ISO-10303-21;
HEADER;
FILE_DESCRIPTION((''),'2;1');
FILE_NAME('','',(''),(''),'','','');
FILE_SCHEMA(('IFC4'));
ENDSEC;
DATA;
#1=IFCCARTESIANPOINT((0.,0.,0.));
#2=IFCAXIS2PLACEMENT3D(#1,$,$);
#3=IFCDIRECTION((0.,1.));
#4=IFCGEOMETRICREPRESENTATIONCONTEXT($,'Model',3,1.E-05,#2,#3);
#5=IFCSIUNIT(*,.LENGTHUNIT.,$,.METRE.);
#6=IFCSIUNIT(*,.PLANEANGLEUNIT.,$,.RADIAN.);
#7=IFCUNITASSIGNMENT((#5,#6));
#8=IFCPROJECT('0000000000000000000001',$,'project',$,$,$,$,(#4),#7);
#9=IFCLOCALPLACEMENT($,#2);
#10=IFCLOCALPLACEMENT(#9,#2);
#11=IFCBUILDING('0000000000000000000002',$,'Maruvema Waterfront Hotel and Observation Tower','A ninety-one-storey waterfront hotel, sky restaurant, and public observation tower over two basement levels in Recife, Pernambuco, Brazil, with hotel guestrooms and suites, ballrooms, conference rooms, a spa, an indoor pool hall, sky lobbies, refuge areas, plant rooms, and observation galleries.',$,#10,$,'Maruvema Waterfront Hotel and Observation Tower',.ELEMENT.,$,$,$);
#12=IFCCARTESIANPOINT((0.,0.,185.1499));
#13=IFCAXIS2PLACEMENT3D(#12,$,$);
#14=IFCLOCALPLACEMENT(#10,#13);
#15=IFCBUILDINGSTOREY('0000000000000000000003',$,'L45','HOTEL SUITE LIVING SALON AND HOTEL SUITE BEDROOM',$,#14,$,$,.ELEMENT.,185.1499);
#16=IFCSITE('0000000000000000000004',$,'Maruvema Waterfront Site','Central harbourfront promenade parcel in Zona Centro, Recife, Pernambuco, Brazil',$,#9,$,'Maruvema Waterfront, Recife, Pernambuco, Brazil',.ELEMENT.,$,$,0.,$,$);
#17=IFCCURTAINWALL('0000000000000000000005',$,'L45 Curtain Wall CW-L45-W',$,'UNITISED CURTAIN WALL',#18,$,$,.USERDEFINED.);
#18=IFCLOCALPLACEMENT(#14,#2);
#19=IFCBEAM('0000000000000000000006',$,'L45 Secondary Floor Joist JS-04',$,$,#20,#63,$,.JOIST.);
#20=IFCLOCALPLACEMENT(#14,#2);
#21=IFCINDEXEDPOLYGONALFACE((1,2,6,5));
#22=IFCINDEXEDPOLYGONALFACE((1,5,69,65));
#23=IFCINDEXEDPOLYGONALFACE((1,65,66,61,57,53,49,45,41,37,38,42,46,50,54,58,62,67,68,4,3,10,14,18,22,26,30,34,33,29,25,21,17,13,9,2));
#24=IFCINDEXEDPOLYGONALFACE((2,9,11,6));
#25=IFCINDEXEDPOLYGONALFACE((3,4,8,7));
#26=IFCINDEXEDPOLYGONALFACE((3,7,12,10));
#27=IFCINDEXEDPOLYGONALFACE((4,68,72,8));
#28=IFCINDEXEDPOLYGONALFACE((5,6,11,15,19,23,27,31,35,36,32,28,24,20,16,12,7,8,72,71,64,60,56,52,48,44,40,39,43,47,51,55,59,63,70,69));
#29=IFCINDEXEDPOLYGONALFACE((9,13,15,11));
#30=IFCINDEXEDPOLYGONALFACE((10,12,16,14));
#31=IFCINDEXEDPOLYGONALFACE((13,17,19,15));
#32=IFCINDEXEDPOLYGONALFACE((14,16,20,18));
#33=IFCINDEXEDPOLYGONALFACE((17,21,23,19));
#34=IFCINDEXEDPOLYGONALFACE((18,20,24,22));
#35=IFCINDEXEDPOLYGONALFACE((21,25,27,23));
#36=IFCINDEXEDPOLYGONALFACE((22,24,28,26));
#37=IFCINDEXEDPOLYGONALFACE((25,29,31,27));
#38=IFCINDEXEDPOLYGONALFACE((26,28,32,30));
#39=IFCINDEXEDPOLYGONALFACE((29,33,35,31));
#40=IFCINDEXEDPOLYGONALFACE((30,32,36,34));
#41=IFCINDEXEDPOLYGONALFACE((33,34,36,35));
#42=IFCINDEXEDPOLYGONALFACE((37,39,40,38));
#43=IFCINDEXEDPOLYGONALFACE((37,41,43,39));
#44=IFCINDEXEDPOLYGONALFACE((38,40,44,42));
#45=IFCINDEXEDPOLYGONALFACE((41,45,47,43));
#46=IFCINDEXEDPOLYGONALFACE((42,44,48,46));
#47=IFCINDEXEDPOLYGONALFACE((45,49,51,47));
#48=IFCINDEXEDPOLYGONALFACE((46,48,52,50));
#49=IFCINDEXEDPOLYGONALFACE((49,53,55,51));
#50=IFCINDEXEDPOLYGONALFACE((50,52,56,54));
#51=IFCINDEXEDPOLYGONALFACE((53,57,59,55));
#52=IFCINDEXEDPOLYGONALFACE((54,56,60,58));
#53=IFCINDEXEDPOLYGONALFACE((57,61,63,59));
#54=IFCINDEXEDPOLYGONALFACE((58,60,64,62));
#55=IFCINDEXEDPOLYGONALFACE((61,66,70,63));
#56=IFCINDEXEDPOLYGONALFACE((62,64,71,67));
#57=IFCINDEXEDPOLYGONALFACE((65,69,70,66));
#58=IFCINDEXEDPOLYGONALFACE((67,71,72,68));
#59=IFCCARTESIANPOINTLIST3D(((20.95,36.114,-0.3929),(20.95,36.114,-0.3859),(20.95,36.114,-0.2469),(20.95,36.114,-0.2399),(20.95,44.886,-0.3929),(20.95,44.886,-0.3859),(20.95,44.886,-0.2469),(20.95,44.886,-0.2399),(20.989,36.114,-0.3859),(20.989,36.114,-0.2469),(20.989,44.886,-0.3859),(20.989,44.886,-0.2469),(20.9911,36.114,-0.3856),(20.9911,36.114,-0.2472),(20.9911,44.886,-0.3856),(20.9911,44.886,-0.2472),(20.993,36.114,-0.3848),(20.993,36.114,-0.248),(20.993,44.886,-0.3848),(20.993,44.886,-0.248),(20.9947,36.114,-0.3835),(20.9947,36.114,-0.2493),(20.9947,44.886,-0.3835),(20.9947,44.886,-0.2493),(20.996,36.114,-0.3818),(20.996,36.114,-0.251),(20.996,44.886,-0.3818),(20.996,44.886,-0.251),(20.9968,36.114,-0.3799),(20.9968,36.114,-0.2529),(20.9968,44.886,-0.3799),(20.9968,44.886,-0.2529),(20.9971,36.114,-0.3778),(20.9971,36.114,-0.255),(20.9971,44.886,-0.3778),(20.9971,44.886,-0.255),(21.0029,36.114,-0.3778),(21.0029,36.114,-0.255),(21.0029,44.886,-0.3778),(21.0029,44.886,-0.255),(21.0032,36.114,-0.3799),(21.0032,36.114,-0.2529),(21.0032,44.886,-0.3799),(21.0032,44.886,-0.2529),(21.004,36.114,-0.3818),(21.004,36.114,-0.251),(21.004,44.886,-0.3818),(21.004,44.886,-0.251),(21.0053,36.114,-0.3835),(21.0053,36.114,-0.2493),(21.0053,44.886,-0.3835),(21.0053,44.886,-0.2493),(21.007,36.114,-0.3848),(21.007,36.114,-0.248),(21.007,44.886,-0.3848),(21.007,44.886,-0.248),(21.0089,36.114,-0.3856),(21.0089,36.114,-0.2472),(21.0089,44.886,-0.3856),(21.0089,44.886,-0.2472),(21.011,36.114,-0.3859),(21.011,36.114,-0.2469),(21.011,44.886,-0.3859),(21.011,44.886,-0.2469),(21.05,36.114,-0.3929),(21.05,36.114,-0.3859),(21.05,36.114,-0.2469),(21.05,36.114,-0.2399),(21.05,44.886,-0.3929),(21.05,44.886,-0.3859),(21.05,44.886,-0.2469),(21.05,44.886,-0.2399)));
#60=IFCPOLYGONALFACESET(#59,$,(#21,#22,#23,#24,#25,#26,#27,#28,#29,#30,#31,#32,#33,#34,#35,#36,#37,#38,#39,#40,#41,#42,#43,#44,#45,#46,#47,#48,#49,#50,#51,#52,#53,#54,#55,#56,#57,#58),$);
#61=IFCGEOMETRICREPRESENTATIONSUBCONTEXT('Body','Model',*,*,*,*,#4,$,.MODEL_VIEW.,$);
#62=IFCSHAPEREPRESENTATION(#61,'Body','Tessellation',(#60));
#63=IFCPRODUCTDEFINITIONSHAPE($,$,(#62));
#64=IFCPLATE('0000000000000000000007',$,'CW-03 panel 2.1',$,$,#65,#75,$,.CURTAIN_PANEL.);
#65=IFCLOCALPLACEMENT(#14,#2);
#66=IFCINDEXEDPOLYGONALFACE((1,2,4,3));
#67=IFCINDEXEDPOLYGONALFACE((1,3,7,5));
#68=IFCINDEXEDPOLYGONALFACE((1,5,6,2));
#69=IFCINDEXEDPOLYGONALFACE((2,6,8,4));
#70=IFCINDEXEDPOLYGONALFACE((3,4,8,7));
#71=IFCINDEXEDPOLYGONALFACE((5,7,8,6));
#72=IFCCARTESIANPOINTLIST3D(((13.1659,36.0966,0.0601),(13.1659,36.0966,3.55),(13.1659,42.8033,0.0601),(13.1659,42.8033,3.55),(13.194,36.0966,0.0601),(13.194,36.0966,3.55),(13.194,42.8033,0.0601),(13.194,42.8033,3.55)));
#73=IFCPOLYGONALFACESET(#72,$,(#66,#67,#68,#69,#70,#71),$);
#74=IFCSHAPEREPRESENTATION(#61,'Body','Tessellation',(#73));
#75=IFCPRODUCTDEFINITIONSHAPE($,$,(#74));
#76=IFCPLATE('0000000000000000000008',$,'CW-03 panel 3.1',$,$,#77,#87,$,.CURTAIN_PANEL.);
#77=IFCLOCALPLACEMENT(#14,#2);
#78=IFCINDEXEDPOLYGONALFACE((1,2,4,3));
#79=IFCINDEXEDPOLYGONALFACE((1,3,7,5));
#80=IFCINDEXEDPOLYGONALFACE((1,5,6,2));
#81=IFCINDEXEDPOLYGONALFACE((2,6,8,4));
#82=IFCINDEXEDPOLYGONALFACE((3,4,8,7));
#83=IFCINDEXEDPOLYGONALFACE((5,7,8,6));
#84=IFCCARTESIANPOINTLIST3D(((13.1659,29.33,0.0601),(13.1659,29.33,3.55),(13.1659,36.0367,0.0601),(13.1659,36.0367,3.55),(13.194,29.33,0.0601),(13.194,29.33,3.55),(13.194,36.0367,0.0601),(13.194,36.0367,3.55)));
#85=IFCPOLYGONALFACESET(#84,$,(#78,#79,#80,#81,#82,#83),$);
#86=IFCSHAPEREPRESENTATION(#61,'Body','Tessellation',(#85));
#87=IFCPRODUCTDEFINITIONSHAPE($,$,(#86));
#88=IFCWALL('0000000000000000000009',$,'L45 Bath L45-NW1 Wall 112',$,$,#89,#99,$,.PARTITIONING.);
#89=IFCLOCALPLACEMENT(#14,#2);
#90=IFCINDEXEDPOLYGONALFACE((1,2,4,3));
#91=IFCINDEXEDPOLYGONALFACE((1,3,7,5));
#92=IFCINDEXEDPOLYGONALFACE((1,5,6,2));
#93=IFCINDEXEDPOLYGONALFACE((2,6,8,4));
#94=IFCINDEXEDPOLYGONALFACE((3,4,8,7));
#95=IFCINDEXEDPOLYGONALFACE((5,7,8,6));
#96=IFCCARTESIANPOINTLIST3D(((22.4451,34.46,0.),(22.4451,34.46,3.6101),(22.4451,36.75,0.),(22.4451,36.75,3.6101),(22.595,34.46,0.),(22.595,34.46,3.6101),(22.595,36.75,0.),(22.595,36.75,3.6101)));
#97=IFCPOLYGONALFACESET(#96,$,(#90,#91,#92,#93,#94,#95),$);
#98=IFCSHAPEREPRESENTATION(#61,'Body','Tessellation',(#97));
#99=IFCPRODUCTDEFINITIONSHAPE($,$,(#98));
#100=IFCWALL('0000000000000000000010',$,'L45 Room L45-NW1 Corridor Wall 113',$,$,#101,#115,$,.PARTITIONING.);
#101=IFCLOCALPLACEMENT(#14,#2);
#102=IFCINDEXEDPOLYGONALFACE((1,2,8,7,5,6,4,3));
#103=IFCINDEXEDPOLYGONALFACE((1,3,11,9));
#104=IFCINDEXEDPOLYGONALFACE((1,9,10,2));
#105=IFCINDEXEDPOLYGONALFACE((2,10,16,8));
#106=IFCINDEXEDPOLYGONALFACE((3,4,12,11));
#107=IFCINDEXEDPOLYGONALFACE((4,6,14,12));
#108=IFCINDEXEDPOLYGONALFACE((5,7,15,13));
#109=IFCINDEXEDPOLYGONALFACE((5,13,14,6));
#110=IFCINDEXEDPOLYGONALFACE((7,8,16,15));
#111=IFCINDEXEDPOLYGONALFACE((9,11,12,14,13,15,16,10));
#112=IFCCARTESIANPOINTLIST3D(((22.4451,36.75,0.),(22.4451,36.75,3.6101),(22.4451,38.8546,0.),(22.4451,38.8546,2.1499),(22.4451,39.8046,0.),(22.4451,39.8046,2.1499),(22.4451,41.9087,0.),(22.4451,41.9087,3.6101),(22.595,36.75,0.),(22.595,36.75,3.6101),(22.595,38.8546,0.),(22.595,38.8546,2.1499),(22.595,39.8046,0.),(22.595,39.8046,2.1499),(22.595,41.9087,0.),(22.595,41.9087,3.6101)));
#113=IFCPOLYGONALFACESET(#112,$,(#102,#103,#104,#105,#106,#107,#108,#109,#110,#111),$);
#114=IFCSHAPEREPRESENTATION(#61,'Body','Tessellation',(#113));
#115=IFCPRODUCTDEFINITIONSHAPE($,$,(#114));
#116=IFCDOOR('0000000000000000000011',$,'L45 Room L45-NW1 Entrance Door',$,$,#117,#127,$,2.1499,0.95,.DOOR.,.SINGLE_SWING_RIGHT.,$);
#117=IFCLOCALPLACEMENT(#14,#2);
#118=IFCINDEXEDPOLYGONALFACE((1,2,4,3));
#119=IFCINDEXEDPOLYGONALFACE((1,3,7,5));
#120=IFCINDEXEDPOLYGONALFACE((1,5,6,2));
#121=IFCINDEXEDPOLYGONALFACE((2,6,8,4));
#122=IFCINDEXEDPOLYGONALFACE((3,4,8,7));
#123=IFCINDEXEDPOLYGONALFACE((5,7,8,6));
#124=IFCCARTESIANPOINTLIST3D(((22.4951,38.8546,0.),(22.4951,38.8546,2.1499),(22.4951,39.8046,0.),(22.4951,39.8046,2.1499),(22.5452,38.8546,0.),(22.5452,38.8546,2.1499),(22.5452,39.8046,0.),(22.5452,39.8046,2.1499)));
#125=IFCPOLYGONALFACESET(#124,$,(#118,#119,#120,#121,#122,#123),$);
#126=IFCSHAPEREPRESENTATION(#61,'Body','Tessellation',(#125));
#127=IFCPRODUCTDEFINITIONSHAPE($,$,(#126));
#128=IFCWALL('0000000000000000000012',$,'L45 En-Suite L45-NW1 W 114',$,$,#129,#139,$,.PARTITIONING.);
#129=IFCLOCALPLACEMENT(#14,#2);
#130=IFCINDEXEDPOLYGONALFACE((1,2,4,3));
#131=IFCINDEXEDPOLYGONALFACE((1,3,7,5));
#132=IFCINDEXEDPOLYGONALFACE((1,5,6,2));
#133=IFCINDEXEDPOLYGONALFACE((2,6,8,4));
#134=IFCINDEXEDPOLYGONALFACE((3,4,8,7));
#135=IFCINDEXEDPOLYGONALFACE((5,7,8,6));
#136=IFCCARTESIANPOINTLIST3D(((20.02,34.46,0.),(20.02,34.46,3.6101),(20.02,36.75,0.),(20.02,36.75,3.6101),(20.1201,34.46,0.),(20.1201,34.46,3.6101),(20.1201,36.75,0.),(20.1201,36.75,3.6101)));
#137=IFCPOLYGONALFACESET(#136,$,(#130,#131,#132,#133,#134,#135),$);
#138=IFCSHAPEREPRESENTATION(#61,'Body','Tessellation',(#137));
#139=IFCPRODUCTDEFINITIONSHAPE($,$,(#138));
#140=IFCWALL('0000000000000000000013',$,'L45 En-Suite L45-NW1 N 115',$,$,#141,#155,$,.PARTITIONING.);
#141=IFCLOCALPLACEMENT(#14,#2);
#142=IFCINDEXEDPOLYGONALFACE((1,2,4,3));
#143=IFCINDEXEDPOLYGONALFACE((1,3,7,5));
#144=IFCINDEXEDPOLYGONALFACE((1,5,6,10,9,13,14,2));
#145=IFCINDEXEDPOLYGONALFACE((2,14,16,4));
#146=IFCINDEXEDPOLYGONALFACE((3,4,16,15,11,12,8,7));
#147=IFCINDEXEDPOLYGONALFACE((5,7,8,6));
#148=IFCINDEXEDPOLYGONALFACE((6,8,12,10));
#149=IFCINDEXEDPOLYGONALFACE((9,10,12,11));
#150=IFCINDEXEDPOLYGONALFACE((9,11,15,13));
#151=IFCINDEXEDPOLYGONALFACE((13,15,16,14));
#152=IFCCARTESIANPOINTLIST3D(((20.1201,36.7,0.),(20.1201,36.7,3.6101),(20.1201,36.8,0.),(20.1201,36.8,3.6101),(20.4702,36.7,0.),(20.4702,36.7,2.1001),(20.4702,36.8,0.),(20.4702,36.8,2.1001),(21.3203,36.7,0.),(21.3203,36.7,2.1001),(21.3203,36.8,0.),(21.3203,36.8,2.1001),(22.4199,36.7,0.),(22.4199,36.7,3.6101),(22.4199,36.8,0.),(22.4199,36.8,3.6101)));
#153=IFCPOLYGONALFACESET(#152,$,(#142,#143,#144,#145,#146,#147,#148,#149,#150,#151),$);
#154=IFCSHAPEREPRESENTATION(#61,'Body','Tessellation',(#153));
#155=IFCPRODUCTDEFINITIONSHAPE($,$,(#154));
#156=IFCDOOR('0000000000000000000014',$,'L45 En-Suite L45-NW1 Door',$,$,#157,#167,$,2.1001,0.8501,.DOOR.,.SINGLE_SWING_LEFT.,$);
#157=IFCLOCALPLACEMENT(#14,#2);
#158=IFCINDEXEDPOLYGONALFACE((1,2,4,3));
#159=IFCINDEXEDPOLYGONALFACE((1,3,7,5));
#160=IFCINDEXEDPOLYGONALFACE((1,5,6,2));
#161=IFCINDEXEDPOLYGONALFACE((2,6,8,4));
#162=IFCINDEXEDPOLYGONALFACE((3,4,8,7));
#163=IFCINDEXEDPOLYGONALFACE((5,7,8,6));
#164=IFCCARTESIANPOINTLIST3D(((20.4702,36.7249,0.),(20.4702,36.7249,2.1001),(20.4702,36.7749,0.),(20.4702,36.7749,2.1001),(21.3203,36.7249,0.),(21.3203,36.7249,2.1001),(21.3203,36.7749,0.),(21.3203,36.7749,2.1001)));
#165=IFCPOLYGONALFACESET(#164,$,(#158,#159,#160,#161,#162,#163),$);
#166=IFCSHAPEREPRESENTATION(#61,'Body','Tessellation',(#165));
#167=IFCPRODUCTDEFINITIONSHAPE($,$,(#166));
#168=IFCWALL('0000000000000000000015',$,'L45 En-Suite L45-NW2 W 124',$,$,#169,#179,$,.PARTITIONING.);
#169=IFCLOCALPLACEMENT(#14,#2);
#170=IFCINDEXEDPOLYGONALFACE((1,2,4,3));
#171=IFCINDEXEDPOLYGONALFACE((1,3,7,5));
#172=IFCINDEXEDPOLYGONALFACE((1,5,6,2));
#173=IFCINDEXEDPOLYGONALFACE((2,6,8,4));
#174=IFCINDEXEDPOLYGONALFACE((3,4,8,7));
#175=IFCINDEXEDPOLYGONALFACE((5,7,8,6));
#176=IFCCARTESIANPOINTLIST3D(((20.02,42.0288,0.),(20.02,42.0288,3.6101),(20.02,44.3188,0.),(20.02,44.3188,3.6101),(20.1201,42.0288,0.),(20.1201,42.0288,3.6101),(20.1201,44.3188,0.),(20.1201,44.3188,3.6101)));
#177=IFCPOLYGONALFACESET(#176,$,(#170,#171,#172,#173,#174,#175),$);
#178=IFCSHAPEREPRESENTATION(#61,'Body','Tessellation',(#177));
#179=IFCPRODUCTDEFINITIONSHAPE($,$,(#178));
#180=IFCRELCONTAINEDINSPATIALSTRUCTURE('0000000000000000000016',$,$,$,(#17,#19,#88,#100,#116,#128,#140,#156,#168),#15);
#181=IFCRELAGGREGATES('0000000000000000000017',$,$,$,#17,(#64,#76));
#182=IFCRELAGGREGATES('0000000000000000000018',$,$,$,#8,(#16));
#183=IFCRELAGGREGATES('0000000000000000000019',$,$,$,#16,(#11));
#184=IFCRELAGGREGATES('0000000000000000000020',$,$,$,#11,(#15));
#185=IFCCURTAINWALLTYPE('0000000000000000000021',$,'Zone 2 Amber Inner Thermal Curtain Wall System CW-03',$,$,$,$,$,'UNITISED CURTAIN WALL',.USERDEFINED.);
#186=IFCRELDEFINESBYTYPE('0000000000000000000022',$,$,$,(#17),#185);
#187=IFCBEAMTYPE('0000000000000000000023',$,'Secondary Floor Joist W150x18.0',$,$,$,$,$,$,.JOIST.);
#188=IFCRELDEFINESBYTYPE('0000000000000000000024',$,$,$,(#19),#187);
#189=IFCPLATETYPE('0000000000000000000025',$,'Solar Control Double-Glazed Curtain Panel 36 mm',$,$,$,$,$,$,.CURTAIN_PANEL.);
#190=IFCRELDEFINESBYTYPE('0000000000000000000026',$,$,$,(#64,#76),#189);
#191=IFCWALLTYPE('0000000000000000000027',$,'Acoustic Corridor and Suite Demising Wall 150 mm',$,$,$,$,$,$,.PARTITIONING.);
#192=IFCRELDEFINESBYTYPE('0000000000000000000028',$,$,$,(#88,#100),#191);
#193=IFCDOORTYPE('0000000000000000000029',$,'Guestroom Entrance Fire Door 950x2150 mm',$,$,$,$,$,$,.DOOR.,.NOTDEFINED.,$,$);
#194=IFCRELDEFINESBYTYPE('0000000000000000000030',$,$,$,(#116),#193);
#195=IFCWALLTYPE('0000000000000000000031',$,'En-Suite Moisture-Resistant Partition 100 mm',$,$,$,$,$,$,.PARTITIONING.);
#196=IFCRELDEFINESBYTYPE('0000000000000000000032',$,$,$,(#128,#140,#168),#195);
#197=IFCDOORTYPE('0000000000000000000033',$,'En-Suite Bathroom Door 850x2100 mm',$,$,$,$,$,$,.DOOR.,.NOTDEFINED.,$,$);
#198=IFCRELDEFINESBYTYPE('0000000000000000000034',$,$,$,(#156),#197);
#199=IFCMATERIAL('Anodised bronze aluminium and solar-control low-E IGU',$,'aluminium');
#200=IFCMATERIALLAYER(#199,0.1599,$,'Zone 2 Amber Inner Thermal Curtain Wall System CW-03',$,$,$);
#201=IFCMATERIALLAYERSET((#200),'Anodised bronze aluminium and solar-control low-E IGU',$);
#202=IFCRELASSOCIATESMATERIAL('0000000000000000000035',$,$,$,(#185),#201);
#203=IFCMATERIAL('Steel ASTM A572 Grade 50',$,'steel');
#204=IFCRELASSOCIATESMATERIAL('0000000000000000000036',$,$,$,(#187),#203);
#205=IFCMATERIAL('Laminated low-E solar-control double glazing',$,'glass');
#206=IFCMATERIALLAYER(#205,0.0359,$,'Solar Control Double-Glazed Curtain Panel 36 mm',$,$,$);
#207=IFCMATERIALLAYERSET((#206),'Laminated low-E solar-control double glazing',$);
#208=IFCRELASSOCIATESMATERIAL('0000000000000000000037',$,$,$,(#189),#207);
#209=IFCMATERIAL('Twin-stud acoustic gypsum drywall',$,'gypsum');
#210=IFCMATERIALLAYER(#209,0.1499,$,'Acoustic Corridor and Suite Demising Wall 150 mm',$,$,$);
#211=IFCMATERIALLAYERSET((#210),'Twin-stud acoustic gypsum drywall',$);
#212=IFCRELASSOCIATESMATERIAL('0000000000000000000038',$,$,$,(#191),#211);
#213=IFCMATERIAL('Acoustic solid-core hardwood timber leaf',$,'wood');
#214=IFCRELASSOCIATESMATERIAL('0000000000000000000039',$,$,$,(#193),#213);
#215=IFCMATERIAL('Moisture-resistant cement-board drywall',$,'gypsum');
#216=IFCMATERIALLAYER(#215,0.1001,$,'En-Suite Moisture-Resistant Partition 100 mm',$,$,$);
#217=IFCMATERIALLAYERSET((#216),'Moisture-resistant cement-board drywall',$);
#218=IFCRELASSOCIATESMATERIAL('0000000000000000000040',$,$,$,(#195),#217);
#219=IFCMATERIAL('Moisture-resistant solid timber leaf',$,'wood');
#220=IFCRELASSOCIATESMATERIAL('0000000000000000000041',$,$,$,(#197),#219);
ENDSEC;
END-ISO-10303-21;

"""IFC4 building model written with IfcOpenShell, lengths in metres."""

from ifc_helpers import new_model, si_unit, direction, frame, frame_2d, origin, origin_2d, place, context, subcontext, project, spatial, rectangle, i_section, extrude, material, layer, layer_set, material_profile, profile_set, type_object, element, fill, aggregate, save


model = new_model("IFC4")

# Units and contexts
model_context = context("Model", 3, precision=1e-05, world=origin(), true_north=direction((0.0, 1.0)))
body_context = subcontext(model_context, "Body", "Model", "MODEL_VIEW")
ifc_project = project(units=[si_unit("LENGTHUNIT", "METRE"), si_unit("PLANEANGLEUNIT", "RADIAN")], contexts=[model_context])

# Site, building, storey
site_placement = place(None, origin())
site = spatial("IfcSite", under=ifc_project, at=site_placement, Name="Maruvema Waterfront Site", Description="Central harbourfront promenade parcel in Zona Centro, Recife, Pernambuco, Brazil", LongName="Maruvema Waterfront, Recife, Pernambuco, Brazil", CompositionType="ELEMENT", RefElevation=0.0)
building_placement = place(site_placement, origin())
building = spatial("IfcBuilding", under=site, at=building_placement, Name="Maruvema Waterfront Hotel and Observation Tower", Description="A ninety-one-storey waterfront hotel, sky restaurant, and public observation tower over two basement levels in Recife, Pernambuco, Brazil, with hotel guestrooms and suites, ballrooms, conference rooms, a spa, an indoor pool hall, sky lobbies, refuge areas, plant rooms, and observation galleries.", LongName="Maruvema Waterfront Hotel and Observation Tower", CompositionType="ELEMENT")
storey_placement = place(building_placement, frame((0.0, 0.0, 185.1499)))
storey = spatial("IfcBuildingStorey", under=building, at=storey_placement, Name="L45", Description="HOTEL SUITE LIVING SALON AND HOTEL SUITE BEDROOM", CompositionType="ELEMENT", Elevation=185.1499)

# Curtain wall
ifc_material_1 = material(Name="Anodised bronze aluminium and solar-control low-E IGU", Category="aluminium")
ifc_layer_1 = layer(ifc_material_1, 0.1599, Name="Zone 2 Amber Inner Thermal Curtain Wall System CW-03")
ifc_layer_set_1 = layer_set([ifc_layer_1], Name="Anodised bronze aluminium and solar-control low-E IGU")
curtain_wall_type = type_object("IfcCurtainWallType", Name="Zone 2 Amber Inner Thermal Curtain Wall System CW-03", ElementType="UNITISED CURTAIN WALL", PredefinedType="USERDEFINED", material=ifc_layer_set_1)
curtain_wall_placement = place(storey_placement, origin())
curtain_wall = element("IfcCurtainWall", 1, at=curtain_wall_placement, inside=storey, type_object=curtain_wall_type, Name="L45 Curtain Wall CW-L45-W", ObjectType="UNITISED CURTAIN WALL", PredefinedType="USERDEFINED")

# Beam
ifc_material_2 = material(Name="Steel ASTM A572 Grade 50", Category="steel")
ifc_material_profile_1 = material_profile(ifc_material_2, i_section(OverallWidth=0.1001, OverallDepth=0.1531, WebThickness=0.0059, FlangeThickness=0.0071, FilletRadius=0.0081, at=origin_2d()), Name="W150x18.0")
ifc_profile_set_1 = profile_set([ifc_material_profile_1], Name="Steel ASTM A572 Grade 50")
beam_type_1 = type_object("IfcBeamType", Name="Secondary Floor Joist W150x18.0", PredefinedType="JOIST", material=ifc_profile_set_1)
beam_1_placement = place(storey_placement, frame((21.0, 36.114, -0.3164), z_axis=(0.0, 1.0, 0.0), x_axis=(-1.0, 0.0, 0.0)))
element("IfcBeam", 2, at=beam_1_placement, inside=storey, type_object=beam_type_1, Name="L45 Secondary Floor Joist JS-04", PredefinedType="JOIST", context=body_context, shape_type="SweptSolid", body=[
    extrude(i_section(OverallWidth=0.1001, OverallDepth=0.1531, WebThickness=0.0059, FlangeThickness=0.0071, FilletRadius=0.0081, at=origin_2d()), origin(), (0.0, 0.0, 1.0), 8.772),
])

# Plates
ifc_material_3 = material(Name="Laminated low-E solar-control double glazing", Category="glass")
ifc_layer_2 = layer(ifc_material_3, 0.0359, Name="Solar Control Double-Glazed Curtain Panel 36 mm")
ifc_layer_set_2 = layer_set([ifc_layer_2], Name="Laminated low-E solar-control double glazing")
plate_type = type_object("IfcPlateType", Name="Solar Control Double-Glazed Curtain Panel 36 mm", PredefinedType="CURTAIN_PANEL", material=ifc_layer_set_2)
plate_1_placement = place(storey_placement, frame((13.1799, 39.45, 0.0601), z_axis=(0.0, 0.0, 1.0), x_axis=(0.0, -1.0, 0.0)))
plate_1 = element("IfcPlate", 3, at=plate_1_placement, type_object=plate_type, Name="CW-03 panel 2.1", PredefinedType="CURTAIN_PANEL", context=body_context, shape_type="SweptSolid", body=[
    extrude(rectangle(XDim=6.7068, YDim=0.0281, at=origin_2d()), origin(), (0.0, 0.0, 1.0), 3.49),
])
plate_2_placement = place(storey_placement, frame((13.1799, 32.6833, 0.0601), z_axis=(0.0, 0.0, 1.0), x_axis=(0.0, -1.0, 0.0)))
plate_2 = element("IfcPlate", 4, at=plate_2_placement, type_object=plate_type, Name="CW-03 panel 3.1", PredefinedType="CURTAIN_PANEL", context=body_context, shape_type="SweptSolid", body=[
    extrude(rectangle(XDim=6.7068, YDim=0.0281, at=origin_2d()), origin(), (0.0, 0.0, 1.0), 3.49),
])
aggregate(curtain_wall, [plate_1, plate_2])

# Wall
ifc_material_4 = material(Name="Twin-stud acoustic gypsum drywall", Category="gypsum")
ifc_layer_3 = layer(ifc_material_4, 0.1499, Name="Acoustic Corridor and Suite Demising Wall 150 mm")
ifc_layer_set_3 = layer_set([ifc_layer_3], Name="Twin-stud acoustic gypsum drywall")
wall_type_1 = type_object("IfcWallType", Name="Acoustic Corridor and Suite Demising Wall 150 mm", PredefinedType="PARTITIONING", material=ifc_layer_set_3)
wall_1_placement = place(storey_placement, frame((22.52, 34.46, 0.0), z_axis=(0.0, 0.0, 1.0), x_axis=(0.0, 1.0, 0.0)))
element("IfcWall", 5, at=wall_1_placement, inside=storey, type_object=wall_type_1, Name="L45 Bath L45-NW1 Wall 112", PredefinedType="PARTITIONING", context=body_context, shape_type="SweptSolid", body=[
    extrude(rectangle(XDim=2.29, YDim=0.1499, at=frame_2d((1.145, 0.0))), origin(), (0.0, 0.0, 1.0), 3.6101),
])

# Wall, opening, door
wall_2_placement = place(storey_placement, frame((22.52, 36.75, 0.0), z_axis=(0.0, 0.0, 1.0), x_axis=(0.0, 1.0, 0.0)))
wall_2 = element("IfcWall", 6, at=wall_2_placement, inside=storey, type_object=wall_type_1, Name="L45 Room L45-NW1 Corridor Wall 113", PredefinedType="PARTITIONING", context=body_context, shape_type="SweptSolid", body=[
    extrude(rectangle(XDim=5.1587, YDim=0.1499, at=frame_2d((2.5793, 0.0))), origin(), (0.0, 0.0, 1.0), 3.6101),
])
opening_1_placement = place(wall_2_placement, frame((2.1045, 0.0, 0.0)))
opening_1 = element("IfcOpeningElement", 7, at=opening_1_placement, cuts=wall_2, PredefinedType="OPENING", context=body_context, shape_type="SweptSolid", body=[
    extrude(rectangle(XDim=0.95, YDim=2.1499, at=frame_2d((0.4751, 1.075))), frame((0.0, 0.085, 0.0), z_axis=(0.0, -1.0, 0.0), x_axis=(1.0, 0.0, 0.0)), (0.0, 0.0, 1.0), 0.1699),
])
ifc_material_5 = material(Name="Acoustic solid-core hardwood timber leaf", Category="wood")
door_type_1 = type_object("IfcDoorType", Name="Guestroom Entrance Fire Door 950x2150 mm", OperationType="NOTDEFINED", PredefinedType="DOOR", material=ifc_material_5)
door_1_placement = place(opening_1_placement, origin())
door_1 = element("IfcDoor", 8, at=door_1_placement, inside=storey, type_object=door_type_1, Name="L45 Room L45-NW1 Entrance Door", OperationType="SINGLE_SWING_RIGHT", OverallHeight=2.1499, OverallWidth=0.95, PredefinedType="DOOR", context=body_context, shape_type="SweptSolid", body=[
    extrude(rectangle(XDim=0.95, YDim=2.1499, at=frame_2d((0.4751, 1.075))), frame((0.0, 0.0249, 0.0), z_axis=(0.0, -1.0, 0.0), x_axis=(1.0, 0.0, 0.0)), (0.0, 0.0, 1.0), 0.05),
])
fill(opening_1, door_1)

# Wall
ifc_material_6 = material(Name="Moisture-resistant cement-board drywall", Category="gypsum")
ifc_layer_4 = layer(ifc_material_6, 0.1001, Name="En-Suite Moisture-Resistant Partition 100 mm")
ifc_layer_set_4 = layer_set([ifc_layer_4], Name="Moisture-resistant cement-board drywall")
wall_type_2 = type_object("IfcWallType", Name="En-Suite Moisture-Resistant Partition 100 mm", PredefinedType="PARTITIONING", material=ifc_layer_set_4)
wall_3_placement = place(storey_placement, frame((20.0701, 34.46, 0.0), z_axis=(0.0, 0.0, 1.0), x_axis=(0.0, 1.0, 0.0)))
element("IfcWall", 9, at=wall_3_placement, inside=storey, type_object=wall_type_2, Name="L45 En-Suite L45-NW1 W 114", PredefinedType="PARTITIONING", context=body_context, shape_type="SweptSolid", body=[
    extrude(rectangle(XDim=2.29, YDim=0.1001, at=frame_2d((1.145, 0.0))), origin(), (0.0, 0.0, 1.0), 3.6101),
])

# Wall, opening, door
wall_4_placement = place(storey_placement, frame((20.1201, 36.75, 0.0), z_axis=(0.0, 0.0, 1.0), x_axis=(1.0, 0.0, 0.0)))
wall_4 = element("IfcWall", 10, at=wall_4_placement, inside=storey, type_object=wall_type_2, Name="L45 En-Suite L45-NW1 N 115", PredefinedType="PARTITIONING", context=body_context, shape_type="SweptSolid", body=[
    extrude(rectangle(XDim=2.2998, YDim=0.1001, at=frame_2d((1.1499, 0.0))), origin(), (0.0, 0.0, 1.0), 3.6101),
])
opening_2_placement = place(wall_4_placement, frame((0.3501, 0.0, 0.0)))
opening_2 = element("IfcOpeningElement", 11, at=opening_2_placement, cuts=wall_4, PredefinedType="OPENING", context=body_context, shape_type="SweptSolid", body=[
    extrude(rectangle(XDim=0.8501, YDim=2.1001, at=frame_2d((0.425, 1.05))), frame((0.0, 0.0601, 0.0), z_axis=(0.0, -1.0, 0.0), x_axis=(1.0, 0.0, 0.0)), (0.0, 0.0, 1.0), 0.1201),
])
ifc_material_7 = material(Name="Moisture-resistant solid timber leaf", Category="wood")
door_type_2 = type_object("IfcDoorType", Name="En-Suite Bathroom Door 850x2100 mm", OperationType="NOTDEFINED", PredefinedType="DOOR", material=ifc_material_7)
door_2_placement = place(opening_2_placement, origin())
door_2 = element("IfcDoor", 12, at=door_2_placement, inside=storey, type_object=door_type_2, Name="L45 En-Suite L45-NW1 Door", OperationType="SINGLE_SWING_LEFT", OverallHeight=2.1001, OverallWidth=0.8501, PredefinedType="DOOR", context=body_context, shape_type="SweptSolid", body=[
    extrude(rectangle(XDim=0.8501, YDim=2.1001, at=frame_2d((0.425, 1.05))), frame((0.0, 0.0249, 0.0), z_axis=(0.0, -1.0, 0.0), x_axis=(1.0, 0.0, 0.0)), (0.0, 0.0, 1.0), 0.05),
])
fill(opening_2, door_2)

# Wall
wall_5_placement = place(storey_placement, frame((20.0701, 42.0288, 0.0), z_axis=(0.0, 0.0, 1.0), x_axis=(0.0, 1.0, 0.0)))
element("IfcWall", 13, at=wall_5_placement, inside=storey, type_object=wall_type_2, Name="L45 En-Suite L45-NW2 W 124", PredefinedType="PARTITIONING", context=body_context, shape_type="SweptSolid", body=[
    extrude(rectangle(XDim=2.29, YDim=0.1001, at=frame_2d((1.145, 0.0))), origin(), (0.0, 0.0, 1.0), 3.6101),
])

save(model, "model.ifc")
